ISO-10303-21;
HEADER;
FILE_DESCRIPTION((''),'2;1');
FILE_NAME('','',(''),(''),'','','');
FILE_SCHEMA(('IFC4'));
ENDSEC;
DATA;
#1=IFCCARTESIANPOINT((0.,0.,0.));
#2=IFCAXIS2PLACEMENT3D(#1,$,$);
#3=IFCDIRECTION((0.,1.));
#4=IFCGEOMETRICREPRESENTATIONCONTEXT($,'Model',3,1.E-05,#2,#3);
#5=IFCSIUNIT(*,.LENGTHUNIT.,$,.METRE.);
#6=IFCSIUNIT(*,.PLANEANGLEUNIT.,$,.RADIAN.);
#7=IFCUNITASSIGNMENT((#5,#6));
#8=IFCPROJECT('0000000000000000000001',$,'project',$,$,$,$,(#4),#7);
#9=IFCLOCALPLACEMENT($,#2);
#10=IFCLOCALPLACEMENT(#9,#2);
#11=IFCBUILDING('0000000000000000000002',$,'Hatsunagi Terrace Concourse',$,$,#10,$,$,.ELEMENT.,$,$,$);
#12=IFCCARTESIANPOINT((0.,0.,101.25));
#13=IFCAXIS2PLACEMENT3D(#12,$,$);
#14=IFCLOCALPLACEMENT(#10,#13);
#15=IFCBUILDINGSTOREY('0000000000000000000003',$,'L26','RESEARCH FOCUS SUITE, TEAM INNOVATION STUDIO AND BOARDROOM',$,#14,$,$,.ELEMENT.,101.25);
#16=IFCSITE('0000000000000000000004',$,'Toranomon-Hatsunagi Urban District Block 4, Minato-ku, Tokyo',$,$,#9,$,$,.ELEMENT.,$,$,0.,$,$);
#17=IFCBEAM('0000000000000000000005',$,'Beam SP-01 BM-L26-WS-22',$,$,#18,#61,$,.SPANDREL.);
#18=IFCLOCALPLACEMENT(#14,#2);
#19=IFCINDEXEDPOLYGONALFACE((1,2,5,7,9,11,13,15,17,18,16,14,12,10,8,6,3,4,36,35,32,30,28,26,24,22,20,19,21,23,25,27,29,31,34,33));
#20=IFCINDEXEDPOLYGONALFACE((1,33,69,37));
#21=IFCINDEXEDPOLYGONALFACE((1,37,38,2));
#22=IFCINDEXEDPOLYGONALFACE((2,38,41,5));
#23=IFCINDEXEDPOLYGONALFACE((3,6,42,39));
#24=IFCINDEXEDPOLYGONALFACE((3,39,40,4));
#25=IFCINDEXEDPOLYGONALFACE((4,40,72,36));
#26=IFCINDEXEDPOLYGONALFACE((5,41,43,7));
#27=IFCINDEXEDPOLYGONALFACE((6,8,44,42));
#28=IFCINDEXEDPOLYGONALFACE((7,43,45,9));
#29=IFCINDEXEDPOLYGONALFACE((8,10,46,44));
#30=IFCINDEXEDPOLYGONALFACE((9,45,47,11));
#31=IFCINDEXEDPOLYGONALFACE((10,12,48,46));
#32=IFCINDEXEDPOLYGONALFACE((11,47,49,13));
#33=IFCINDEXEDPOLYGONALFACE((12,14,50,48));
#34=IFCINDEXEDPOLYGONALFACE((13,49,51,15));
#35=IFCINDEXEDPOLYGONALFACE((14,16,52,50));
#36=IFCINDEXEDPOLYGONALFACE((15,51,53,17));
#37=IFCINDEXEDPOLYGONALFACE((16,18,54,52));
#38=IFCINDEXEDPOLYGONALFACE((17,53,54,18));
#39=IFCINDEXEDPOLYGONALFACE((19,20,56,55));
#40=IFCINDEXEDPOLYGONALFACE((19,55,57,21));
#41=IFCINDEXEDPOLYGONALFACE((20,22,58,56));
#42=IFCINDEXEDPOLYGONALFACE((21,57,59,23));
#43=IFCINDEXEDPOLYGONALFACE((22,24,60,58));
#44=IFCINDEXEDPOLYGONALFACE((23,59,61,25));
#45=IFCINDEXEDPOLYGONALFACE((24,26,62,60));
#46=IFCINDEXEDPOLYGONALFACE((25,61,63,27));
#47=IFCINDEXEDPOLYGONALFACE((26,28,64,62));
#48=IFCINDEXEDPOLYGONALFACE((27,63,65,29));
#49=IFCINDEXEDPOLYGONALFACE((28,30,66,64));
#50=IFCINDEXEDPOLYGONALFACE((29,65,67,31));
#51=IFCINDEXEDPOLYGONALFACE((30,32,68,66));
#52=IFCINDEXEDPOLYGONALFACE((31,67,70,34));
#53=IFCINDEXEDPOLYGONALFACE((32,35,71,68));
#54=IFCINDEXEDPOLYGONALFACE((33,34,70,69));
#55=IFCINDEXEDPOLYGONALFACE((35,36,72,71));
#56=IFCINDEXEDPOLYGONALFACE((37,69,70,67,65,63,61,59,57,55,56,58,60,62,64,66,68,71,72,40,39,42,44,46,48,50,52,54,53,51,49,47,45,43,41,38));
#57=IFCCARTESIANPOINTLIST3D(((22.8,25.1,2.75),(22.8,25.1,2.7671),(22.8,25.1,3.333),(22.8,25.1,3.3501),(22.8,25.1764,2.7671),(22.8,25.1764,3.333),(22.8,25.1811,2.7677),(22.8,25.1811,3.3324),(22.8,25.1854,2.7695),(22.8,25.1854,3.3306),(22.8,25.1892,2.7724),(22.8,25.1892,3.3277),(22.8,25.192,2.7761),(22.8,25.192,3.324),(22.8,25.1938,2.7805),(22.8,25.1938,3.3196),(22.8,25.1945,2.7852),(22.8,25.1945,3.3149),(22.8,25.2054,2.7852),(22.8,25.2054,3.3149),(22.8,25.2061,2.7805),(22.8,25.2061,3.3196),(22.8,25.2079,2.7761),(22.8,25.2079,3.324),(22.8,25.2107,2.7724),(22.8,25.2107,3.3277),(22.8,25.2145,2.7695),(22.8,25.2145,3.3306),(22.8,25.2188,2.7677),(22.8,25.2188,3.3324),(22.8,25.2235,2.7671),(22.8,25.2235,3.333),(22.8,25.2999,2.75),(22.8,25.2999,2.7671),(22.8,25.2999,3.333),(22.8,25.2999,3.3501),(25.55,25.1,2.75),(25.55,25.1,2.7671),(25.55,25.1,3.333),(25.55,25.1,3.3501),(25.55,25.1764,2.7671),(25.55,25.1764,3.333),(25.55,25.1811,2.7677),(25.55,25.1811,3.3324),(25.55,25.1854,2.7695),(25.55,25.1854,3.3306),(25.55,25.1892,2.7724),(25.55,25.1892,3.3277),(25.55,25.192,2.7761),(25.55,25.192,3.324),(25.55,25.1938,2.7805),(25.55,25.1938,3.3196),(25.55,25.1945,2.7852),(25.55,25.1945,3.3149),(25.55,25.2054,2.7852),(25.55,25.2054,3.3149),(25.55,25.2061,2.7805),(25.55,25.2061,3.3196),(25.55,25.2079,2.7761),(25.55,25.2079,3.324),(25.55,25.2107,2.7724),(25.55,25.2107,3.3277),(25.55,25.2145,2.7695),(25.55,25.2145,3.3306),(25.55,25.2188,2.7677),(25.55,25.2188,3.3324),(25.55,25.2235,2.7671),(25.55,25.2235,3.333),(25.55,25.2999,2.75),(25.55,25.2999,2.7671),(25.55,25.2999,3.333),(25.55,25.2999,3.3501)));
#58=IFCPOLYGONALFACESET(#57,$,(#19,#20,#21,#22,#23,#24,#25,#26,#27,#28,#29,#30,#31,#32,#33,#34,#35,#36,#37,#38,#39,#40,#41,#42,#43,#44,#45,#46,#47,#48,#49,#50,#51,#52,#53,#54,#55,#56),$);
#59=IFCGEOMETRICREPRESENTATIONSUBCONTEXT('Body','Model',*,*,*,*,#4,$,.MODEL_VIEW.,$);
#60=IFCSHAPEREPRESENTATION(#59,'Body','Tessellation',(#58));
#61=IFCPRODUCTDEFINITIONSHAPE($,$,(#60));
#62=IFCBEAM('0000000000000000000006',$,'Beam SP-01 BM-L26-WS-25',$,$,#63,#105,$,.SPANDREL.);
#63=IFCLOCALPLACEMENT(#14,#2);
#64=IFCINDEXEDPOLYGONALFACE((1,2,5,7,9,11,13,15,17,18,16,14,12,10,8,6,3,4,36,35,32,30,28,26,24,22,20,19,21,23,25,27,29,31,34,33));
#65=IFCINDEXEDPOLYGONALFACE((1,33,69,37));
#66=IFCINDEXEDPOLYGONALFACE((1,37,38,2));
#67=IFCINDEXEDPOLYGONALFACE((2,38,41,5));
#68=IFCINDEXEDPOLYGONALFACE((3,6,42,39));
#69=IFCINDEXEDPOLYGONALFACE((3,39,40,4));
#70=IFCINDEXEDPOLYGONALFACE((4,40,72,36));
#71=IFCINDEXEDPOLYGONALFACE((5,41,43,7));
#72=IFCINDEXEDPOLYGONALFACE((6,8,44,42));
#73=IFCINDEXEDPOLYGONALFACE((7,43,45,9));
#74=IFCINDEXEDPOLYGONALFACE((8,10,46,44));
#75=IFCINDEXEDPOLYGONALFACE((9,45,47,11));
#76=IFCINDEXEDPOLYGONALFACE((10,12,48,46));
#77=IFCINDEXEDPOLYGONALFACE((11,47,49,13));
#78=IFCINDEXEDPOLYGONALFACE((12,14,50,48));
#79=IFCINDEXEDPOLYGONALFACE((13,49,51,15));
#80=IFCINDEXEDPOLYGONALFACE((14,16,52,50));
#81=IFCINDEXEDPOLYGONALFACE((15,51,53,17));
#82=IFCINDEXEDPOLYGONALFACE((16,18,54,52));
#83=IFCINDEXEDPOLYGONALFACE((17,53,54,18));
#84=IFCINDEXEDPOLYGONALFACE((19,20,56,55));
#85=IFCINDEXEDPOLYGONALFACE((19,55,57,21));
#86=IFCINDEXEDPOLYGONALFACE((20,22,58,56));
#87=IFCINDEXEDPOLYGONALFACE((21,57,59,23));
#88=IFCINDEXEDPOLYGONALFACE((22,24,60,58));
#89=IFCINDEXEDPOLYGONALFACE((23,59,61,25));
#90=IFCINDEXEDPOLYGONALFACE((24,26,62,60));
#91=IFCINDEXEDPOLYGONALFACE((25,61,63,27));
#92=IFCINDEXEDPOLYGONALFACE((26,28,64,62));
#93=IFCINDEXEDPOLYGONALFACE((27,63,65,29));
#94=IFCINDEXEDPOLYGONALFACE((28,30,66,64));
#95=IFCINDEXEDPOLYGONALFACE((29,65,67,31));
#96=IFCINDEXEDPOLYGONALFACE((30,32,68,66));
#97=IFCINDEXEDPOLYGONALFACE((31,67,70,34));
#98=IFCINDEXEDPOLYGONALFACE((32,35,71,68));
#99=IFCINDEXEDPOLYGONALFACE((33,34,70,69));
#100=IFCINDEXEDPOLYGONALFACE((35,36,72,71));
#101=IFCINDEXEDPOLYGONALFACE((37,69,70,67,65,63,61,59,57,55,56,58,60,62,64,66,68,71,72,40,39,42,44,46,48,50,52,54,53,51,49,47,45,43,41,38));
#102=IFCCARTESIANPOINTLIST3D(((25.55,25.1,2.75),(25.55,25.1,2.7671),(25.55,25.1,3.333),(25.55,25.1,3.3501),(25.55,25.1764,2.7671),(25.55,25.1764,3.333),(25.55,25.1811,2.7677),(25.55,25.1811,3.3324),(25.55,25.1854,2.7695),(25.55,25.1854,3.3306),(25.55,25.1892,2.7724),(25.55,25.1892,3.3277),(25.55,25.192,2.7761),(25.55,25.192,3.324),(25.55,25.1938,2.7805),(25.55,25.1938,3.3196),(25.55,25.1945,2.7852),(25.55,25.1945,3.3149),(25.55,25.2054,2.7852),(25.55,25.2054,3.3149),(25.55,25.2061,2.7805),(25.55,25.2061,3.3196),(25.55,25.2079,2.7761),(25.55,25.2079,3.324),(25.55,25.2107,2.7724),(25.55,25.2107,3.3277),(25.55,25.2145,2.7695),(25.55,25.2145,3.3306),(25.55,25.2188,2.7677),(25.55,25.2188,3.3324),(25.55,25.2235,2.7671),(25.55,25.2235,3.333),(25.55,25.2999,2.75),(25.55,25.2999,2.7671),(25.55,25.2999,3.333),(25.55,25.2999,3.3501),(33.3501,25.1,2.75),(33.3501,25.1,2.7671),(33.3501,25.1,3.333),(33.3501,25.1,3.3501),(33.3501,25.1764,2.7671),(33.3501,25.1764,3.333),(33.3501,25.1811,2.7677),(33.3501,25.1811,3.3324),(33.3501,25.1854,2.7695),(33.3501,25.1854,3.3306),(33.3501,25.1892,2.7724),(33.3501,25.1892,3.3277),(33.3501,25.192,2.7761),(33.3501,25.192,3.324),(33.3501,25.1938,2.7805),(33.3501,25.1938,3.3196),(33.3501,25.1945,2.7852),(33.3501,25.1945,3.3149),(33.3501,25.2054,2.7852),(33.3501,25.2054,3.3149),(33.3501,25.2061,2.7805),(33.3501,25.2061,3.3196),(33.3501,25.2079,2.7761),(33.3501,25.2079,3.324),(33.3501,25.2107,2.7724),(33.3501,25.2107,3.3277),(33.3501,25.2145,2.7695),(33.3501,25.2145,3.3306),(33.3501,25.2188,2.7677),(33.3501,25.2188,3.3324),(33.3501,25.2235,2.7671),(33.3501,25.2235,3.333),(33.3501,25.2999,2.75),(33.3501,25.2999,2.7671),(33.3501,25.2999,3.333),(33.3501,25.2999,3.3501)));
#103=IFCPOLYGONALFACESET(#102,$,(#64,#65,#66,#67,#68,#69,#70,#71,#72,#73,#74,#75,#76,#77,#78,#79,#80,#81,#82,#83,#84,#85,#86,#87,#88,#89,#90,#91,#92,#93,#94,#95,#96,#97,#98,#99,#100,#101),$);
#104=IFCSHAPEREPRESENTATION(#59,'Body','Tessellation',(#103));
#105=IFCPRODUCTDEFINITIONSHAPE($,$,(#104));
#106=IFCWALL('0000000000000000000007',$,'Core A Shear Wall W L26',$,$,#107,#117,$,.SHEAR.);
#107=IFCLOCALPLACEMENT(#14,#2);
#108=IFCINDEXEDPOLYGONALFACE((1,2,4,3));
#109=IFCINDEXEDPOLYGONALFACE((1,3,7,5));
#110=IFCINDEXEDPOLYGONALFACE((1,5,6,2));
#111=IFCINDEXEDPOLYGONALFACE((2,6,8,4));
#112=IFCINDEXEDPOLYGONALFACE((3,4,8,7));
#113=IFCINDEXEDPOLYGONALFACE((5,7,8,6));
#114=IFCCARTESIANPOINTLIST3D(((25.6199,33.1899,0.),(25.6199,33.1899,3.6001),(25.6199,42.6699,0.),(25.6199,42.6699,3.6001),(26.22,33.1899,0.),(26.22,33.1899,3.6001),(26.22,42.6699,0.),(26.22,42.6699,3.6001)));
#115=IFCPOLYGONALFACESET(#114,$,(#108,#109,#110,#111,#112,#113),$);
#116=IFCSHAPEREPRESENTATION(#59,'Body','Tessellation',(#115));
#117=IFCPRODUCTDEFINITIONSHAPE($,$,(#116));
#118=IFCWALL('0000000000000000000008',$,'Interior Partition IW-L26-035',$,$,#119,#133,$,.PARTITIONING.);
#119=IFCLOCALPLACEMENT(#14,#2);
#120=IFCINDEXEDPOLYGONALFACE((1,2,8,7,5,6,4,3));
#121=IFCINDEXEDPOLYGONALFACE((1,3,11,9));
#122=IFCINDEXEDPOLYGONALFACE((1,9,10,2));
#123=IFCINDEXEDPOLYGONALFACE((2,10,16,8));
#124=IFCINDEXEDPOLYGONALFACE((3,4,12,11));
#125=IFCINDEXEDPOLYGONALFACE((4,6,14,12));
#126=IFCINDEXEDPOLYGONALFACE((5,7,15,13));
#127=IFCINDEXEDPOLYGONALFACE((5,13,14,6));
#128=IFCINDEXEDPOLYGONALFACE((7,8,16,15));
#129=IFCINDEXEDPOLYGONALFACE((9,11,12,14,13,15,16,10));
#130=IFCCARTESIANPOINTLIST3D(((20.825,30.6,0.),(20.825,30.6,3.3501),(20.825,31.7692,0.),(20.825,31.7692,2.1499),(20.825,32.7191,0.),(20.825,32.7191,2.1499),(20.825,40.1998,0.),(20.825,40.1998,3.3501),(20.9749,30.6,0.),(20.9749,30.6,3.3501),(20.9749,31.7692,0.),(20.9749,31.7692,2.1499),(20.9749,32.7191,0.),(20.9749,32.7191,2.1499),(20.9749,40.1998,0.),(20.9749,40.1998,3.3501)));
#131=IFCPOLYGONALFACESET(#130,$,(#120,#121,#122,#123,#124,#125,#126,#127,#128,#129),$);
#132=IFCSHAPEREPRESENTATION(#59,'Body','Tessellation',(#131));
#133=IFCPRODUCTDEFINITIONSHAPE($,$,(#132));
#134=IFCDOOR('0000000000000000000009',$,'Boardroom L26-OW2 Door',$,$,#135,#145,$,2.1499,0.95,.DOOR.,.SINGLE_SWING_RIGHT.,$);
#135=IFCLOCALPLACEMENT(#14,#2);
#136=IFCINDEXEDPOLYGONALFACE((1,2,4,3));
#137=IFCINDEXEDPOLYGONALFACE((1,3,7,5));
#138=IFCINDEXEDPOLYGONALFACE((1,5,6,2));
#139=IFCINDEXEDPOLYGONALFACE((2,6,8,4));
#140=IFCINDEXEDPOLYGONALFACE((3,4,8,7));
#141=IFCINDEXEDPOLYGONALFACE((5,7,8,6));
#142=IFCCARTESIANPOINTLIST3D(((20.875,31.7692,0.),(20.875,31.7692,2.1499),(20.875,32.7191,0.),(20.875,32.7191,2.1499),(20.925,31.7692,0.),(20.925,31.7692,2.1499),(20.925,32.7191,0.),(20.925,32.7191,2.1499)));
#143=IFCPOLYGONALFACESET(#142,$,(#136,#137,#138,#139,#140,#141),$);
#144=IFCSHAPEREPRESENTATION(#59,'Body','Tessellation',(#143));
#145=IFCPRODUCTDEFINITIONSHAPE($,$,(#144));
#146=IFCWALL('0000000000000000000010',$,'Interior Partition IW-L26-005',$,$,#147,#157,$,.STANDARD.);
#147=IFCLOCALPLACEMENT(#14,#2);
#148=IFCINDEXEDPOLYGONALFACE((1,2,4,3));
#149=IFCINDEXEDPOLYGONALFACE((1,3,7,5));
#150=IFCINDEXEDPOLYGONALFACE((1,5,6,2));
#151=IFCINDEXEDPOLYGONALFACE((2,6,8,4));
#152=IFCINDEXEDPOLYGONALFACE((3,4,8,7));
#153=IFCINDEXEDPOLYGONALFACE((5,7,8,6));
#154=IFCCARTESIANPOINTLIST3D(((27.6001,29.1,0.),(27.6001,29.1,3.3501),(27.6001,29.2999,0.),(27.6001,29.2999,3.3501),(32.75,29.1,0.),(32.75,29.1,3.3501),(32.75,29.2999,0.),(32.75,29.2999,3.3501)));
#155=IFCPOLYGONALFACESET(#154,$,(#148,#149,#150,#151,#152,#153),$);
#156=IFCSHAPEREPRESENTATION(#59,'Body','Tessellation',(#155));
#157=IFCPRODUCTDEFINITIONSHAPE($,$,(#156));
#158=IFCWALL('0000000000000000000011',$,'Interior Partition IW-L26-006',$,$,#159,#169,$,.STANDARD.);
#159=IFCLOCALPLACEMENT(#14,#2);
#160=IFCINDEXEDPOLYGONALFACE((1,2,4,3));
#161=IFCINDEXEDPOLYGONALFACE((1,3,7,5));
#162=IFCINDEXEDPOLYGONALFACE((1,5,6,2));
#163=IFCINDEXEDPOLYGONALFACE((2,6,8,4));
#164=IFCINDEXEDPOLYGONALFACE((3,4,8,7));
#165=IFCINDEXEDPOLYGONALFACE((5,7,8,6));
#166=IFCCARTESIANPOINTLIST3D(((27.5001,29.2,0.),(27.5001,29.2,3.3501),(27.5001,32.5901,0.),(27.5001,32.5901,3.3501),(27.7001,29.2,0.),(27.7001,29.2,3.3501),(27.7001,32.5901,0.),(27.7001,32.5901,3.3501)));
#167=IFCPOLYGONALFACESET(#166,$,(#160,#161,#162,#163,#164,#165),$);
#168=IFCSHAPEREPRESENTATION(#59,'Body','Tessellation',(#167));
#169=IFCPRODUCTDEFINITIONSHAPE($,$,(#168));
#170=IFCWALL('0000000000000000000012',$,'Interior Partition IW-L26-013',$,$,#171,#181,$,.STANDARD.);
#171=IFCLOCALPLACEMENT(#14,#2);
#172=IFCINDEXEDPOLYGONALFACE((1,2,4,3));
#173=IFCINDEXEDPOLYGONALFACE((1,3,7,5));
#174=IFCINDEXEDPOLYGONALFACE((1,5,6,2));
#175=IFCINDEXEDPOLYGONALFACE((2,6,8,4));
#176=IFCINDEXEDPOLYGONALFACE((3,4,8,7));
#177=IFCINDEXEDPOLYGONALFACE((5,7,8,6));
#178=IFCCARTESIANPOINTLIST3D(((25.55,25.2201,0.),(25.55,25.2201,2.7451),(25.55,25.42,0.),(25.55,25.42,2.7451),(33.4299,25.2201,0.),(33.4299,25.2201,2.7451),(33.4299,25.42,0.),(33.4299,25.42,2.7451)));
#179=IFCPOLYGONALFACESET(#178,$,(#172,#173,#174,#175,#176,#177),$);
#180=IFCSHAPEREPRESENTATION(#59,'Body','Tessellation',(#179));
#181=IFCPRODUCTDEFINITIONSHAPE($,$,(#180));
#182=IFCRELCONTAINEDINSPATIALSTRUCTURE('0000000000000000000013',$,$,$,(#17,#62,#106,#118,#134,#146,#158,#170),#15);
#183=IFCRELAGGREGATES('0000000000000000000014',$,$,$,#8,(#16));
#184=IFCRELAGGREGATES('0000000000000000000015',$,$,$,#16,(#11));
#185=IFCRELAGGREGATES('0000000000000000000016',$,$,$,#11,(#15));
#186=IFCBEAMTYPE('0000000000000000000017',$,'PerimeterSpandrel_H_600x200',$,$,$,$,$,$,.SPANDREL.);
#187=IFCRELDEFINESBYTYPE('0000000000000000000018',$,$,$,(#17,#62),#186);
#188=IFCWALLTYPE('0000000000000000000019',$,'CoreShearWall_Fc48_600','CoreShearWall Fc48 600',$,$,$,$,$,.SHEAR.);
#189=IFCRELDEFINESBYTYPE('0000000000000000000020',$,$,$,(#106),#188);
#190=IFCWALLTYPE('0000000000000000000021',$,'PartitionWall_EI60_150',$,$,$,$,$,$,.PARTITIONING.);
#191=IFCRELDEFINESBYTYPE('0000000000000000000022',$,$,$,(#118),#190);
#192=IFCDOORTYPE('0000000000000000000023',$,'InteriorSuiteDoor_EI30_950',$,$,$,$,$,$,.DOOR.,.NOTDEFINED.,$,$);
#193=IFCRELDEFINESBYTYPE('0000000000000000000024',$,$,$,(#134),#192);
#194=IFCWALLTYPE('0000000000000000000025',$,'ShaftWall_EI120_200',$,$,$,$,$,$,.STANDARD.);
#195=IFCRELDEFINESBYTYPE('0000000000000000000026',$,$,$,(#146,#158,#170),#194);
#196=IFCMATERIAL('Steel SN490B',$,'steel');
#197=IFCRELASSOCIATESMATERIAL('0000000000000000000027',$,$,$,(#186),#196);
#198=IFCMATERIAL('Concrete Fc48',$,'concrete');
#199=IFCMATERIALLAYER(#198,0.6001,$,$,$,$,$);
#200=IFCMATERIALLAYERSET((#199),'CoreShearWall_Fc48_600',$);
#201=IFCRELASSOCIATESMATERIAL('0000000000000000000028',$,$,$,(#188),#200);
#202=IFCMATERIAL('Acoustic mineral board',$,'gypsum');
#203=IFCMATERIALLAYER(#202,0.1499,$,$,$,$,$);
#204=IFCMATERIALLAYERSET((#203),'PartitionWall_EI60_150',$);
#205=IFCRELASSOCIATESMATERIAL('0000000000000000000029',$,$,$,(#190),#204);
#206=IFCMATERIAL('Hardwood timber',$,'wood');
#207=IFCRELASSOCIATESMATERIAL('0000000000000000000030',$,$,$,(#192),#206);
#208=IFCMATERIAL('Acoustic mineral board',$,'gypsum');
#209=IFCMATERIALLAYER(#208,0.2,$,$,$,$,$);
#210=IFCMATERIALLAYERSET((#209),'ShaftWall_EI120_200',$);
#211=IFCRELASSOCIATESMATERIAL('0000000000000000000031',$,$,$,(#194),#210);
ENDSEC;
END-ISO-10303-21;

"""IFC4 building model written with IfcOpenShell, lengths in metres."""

from ifc_helpers import new_model, si_unit, direction, frame, frame_2d, origin, origin_2d, place, context, subcontext, project, spatial, rectangle, i_section, extrude, material, layer, layer_set, material_profile, profile_set, type_object, element, fill, save


model = new_model("IFC4")

# Units and contexts
model_context = context("Model", 3, precision=1e-05, world=origin(), true_north=direction((0.0, 1.0)))
body_context = subcontext(model_context, "Body", "Model", "MODEL_VIEW")
ifc_project = project(units=[si_unit("LENGTHUNIT", "METRE"), si_unit("PLANEANGLEUNIT", "RADIAN")], contexts=[model_context])

# Site, building, storey
site_placement = place(None, origin())
site = spatial("IfcSite", under=ifc_project, at=site_placement, Name="Toranomon-Hatsunagi Urban District Block 4, Minato-ku, Tokyo", CompositionType="ELEMENT", RefElevation=0.0)
building_placement = place(site_placement, origin())
building = spatial("IfcBuilding", under=site, at=building_placement, Name="Hatsunagi Terrace Concourse", CompositionType="ELEMENT")
storey_placement = place(building_placement, frame((0.0, 0.0, 101.25)))
storey = spatial("IfcBuildingStorey", under=building, at=storey_placement, Name="L26", Description="RESEARCH FOCUS SUITE, TEAM INNOVATION STUDIO AND BOARDROOM", CompositionType="ELEMENT", Elevation=101.25)

# Beams
ifc_material_1 = material(Name="Steel SN490B", Category="steel")
ifc_material_profile_1 = material_profile(ifc_material_1, i_section(OverallWidth=0.2, OverallDepth=0.6001, WebThickness=0.011, FlangeThickness=0.0171, FilletRadius=0.0181, at=origin_2d()), Name="H-600x200x11x17")
ifc_profile_set_1 = profile_set([ifc_material_profile_1], Name="Steel SN490B")
beam_type_1 = type_object("IfcBeamType", Name="PerimeterSpandrel_H_600x200", PredefinedType="SPANDREL", material=ifc_profile_set_1)
beam_1_placement = place(storey_placement, frame((22.8, 25.2, 3.05), z_axis=(1.0, 0.0, 0.0), x_axis=(0.0, 1.0, 0.0)))
element("IfcBeam", 1, at=beam_1_placement, inside=storey, type_object=beam_type_1, Name="Beam SP-01 BM-L26-WS-22", PredefinedType="SPANDREL", context=body_context, shape_type="SweptSolid", body=[
    extrude(i_section(OverallWidth=0.2, OverallDepth=0.6001, WebThickness=0.011, FlangeThickness=0.0171, FilletRadius=0.0181, at=origin_2d()), origin(), (0.0, 0.0, 1.0), 2.75),
])
beam_2_placement = place(storey_placement, frame((25.55, 25.2, 3.05), z_axis=(1.0, 0.0, 0.0), x_axis=(0.0, 1.0, 0.0)))
element("IfcBeam", 2, at=beam_2_placement, inside=storey, type_object=beam_type_1, Name="Beam SP-01 BM-L26-WS-25", PredefinedType="SPANDREL", context=body_context, shape_type="SweptSolid", body=[
    extrude(i_section(OverallWidth=0.2, OverallDepth=0.6001, WebThickness=0.011, FlangeThickness=0.0171, FilletRadius=0.0181, at=origin_2d()), origin(), (0.0, 0.0, 1.0), 7.8),
])

# Shared definitions
ifc_material_2 = material(Name="Concrete Fc48", Category="concrete")
ifc_layer_1 = layer(ifc_material_2, 0.6001)
ifc_layer_set_1 = layer_set([ifc_layer_1], Name="CoreShearWall_Fc48_600")
wall_type_1 = type_object("IfcWallType", Name="CoreShearWall_Fc48_600", Description="CoreShearWall Fc48 600", PredefinedType="SHEAR", material=ifc_layer_set_1)

# Wall
wall_1_placement = place(storey_placement, frame((25.9199, 33.1899, 0.0), z_axis=(0.0, 0.0, 1.0), x_axis=(0.0, 1.0, 0.0)))
element("IfcWall", 3, at=wall_1_placement, inside=storey, type_object=wall_type_1, Name="Core A Shear Wall W L26", PredefinedType="SHEAR", context=body_context, shape_type="SweptSolid", body=[
    extrude(rectangle(XDim=9.48, YDim=0.6001, at=frame_2d((4.74, 0.0))), origin(), (0.0, 0.0, 1.0), 3.6001),
])

# Wall, opening, door
ifc_material_3 = material(Name="Acoustic mineral board", Category="gypsum")
ifc_layer_2 = layer(ifc_material_3, 0.1499)
ifc_layer_set_2 = layer_set([ifc_layer_2], Name="PartitionWall_EI60_150")
wall_type_2 = type_object("IfcWallType", Name="PartitionWall_EI60_150", PredefinedType="PARTITIONING", material=ifc_layer_set_2)
wall_2_placement = place(storey_placement, frame((20.8999, 30.6001, 0.0), z_axis=(0.0, 0.0, 1.0), x_axis=(0.0, 1.0, 0.0)))
wall_2 = element("IfcWall", 4, at=wall_2_placement, inside=storey, type_object=wall_type_2, Name="Interior Partition IW-L26-035", PredefinedType="PARTITIONING", context=body_context, shape_type="SweptSolid", body=[
    extrude(rectangle(XDim=9.5999, YDim=0.1499, at=frame_2d((4.7998, 0.0))), origin(), (0.0, 0.0, 1.0), 3.3501),
])
opening_1_placement = place(wall_2_placement, frame((1.1689, 0.0, 0.0)))
opening_1 = element("IfcOpeningElement", 5, at=opening_1_placement, cuts=wall_2, PredefinedType="OPENING", context=body_context, shape_type="SweptSolid", body=[
    extrude(rectangle(XDim=0.95, YDim=2.1499, at=frame_2d((0.4751, 1.075))), frame((0.0, 0.085, 0.0), z_axis=(0.0, -1.0, 0.0), x_axis=(1.0, 0.0, 0.0)), (0.0, 0.0, 1.0), 0.1699),
])
ifc_material_4 = material(Name="Hardwood timber", Category="wood")
door_type_1 = type_object("IfcDoorType", Name="InteriorSuiteDoor_EI30_950", OperationType="NOTDEFINED", PredefinedType="DOOR", material=ifc_material_4)
door_1_placement = place(opening_1_placement, origin())
door_1 = element("IfcDoor", 6, at=door_1_placement, inside=storey, type_object=door_type_1, Name="Boardroom L26-OW2 Door", OperationType="SINGLE_SWING_RIGHT", OverallHeight=2.1499, OverallWidth=0.95, PredefinedType="DOOR", context=body_context, shape_type="SweptSolid", body=[
    extrude(rectangle(XDim=0.95, YDim=2.1499, at=frame_2d((0.4751, 1.075))), frame((0.0, 0.0249, 0.0), z_axis=(0.0, -1.0, 0.0), x_axis=(1.0, 0.0, 0.0)), (0.0, 0.0, 1.0), 0.05),
])
fill(opening_1, door_1)

# Walls
ifc_material_5 = material(Name="Acoustic mineral board", Category="gypsum")
ifc_layer_3 = layer(ifc_material_5, 0.2)
ifc_layer_set_3 = layer_set([ifc_layer_3], Name="ShaftWall_EI120_200")
wall_type_3 = type_object("IfcWallType", Name="ShaftWall_EI120_200", PredefinedType="STANDARD", material=ifc_layer_set_3)
wall_3_placement = place(storey_placement, frame((27.6001, 29.2, 0.0), z_axis=(0.0, 0.0, 1.0), x_axis=(1.0, 0.0, 0.0)))
element("IfcWall", 7, at=wall_3_placement, inside=storey, type_object=wall_type_3, Name="Interior Partition IW-L26-005", PredefinedType="STANDARD", context=body_context, shape_type="SweptSolid", body=[
    extrude(rectangle(XDim=5.1499, YDim=0.2, at=frame_2d((2.575, 0.0))), origin(), (0.0, 0.0, 1.0), 3.3501),
])
wall_4_placement = place(storey_placement, frame((27.6001, 29.2, 0.0), z_axis=(0.0, 0.0, 1.0), x_axis=(0.0, 1.0, 0.0)))
element("IfcWall", 8, at=wall_4_placement, inside=storey, type_object=wall_type_3, Name="Interior Partition IW-L26-006", PredefinedType="STANDARD", context=body_context, shape_type="SweptSolid", body=[
    extrude(rectangle(XDim=3.3901, YDim=0.2, at=frame_2d((1.6951, 0.0))), origin(), (0.0, 0.0, 1.0), 3.3501),
])
wall_5_placement = place(storey_placement, frame((25.55, 25.3201, 0.0), z_axis=(0.0, 0.0, 1.0), x_axis=(1.0, 0.0, 0.0)))
element("IfcWall", 9, at=wall_5_placement, inside=storey, type_object=wall_type_3, Name="Interior Partition IW-L26-013", PredefinedType="STANDARD", context=body_context, shape_type="SweptSolid", body=[
    extrude(rectangle(XDim=7.8799, YDim=0.2, at=frame_2d((3.9399, 0.0))), origin(), (0.0, 0.0, 1.0), 2.7451),
])

save(model, "model.ifc")
